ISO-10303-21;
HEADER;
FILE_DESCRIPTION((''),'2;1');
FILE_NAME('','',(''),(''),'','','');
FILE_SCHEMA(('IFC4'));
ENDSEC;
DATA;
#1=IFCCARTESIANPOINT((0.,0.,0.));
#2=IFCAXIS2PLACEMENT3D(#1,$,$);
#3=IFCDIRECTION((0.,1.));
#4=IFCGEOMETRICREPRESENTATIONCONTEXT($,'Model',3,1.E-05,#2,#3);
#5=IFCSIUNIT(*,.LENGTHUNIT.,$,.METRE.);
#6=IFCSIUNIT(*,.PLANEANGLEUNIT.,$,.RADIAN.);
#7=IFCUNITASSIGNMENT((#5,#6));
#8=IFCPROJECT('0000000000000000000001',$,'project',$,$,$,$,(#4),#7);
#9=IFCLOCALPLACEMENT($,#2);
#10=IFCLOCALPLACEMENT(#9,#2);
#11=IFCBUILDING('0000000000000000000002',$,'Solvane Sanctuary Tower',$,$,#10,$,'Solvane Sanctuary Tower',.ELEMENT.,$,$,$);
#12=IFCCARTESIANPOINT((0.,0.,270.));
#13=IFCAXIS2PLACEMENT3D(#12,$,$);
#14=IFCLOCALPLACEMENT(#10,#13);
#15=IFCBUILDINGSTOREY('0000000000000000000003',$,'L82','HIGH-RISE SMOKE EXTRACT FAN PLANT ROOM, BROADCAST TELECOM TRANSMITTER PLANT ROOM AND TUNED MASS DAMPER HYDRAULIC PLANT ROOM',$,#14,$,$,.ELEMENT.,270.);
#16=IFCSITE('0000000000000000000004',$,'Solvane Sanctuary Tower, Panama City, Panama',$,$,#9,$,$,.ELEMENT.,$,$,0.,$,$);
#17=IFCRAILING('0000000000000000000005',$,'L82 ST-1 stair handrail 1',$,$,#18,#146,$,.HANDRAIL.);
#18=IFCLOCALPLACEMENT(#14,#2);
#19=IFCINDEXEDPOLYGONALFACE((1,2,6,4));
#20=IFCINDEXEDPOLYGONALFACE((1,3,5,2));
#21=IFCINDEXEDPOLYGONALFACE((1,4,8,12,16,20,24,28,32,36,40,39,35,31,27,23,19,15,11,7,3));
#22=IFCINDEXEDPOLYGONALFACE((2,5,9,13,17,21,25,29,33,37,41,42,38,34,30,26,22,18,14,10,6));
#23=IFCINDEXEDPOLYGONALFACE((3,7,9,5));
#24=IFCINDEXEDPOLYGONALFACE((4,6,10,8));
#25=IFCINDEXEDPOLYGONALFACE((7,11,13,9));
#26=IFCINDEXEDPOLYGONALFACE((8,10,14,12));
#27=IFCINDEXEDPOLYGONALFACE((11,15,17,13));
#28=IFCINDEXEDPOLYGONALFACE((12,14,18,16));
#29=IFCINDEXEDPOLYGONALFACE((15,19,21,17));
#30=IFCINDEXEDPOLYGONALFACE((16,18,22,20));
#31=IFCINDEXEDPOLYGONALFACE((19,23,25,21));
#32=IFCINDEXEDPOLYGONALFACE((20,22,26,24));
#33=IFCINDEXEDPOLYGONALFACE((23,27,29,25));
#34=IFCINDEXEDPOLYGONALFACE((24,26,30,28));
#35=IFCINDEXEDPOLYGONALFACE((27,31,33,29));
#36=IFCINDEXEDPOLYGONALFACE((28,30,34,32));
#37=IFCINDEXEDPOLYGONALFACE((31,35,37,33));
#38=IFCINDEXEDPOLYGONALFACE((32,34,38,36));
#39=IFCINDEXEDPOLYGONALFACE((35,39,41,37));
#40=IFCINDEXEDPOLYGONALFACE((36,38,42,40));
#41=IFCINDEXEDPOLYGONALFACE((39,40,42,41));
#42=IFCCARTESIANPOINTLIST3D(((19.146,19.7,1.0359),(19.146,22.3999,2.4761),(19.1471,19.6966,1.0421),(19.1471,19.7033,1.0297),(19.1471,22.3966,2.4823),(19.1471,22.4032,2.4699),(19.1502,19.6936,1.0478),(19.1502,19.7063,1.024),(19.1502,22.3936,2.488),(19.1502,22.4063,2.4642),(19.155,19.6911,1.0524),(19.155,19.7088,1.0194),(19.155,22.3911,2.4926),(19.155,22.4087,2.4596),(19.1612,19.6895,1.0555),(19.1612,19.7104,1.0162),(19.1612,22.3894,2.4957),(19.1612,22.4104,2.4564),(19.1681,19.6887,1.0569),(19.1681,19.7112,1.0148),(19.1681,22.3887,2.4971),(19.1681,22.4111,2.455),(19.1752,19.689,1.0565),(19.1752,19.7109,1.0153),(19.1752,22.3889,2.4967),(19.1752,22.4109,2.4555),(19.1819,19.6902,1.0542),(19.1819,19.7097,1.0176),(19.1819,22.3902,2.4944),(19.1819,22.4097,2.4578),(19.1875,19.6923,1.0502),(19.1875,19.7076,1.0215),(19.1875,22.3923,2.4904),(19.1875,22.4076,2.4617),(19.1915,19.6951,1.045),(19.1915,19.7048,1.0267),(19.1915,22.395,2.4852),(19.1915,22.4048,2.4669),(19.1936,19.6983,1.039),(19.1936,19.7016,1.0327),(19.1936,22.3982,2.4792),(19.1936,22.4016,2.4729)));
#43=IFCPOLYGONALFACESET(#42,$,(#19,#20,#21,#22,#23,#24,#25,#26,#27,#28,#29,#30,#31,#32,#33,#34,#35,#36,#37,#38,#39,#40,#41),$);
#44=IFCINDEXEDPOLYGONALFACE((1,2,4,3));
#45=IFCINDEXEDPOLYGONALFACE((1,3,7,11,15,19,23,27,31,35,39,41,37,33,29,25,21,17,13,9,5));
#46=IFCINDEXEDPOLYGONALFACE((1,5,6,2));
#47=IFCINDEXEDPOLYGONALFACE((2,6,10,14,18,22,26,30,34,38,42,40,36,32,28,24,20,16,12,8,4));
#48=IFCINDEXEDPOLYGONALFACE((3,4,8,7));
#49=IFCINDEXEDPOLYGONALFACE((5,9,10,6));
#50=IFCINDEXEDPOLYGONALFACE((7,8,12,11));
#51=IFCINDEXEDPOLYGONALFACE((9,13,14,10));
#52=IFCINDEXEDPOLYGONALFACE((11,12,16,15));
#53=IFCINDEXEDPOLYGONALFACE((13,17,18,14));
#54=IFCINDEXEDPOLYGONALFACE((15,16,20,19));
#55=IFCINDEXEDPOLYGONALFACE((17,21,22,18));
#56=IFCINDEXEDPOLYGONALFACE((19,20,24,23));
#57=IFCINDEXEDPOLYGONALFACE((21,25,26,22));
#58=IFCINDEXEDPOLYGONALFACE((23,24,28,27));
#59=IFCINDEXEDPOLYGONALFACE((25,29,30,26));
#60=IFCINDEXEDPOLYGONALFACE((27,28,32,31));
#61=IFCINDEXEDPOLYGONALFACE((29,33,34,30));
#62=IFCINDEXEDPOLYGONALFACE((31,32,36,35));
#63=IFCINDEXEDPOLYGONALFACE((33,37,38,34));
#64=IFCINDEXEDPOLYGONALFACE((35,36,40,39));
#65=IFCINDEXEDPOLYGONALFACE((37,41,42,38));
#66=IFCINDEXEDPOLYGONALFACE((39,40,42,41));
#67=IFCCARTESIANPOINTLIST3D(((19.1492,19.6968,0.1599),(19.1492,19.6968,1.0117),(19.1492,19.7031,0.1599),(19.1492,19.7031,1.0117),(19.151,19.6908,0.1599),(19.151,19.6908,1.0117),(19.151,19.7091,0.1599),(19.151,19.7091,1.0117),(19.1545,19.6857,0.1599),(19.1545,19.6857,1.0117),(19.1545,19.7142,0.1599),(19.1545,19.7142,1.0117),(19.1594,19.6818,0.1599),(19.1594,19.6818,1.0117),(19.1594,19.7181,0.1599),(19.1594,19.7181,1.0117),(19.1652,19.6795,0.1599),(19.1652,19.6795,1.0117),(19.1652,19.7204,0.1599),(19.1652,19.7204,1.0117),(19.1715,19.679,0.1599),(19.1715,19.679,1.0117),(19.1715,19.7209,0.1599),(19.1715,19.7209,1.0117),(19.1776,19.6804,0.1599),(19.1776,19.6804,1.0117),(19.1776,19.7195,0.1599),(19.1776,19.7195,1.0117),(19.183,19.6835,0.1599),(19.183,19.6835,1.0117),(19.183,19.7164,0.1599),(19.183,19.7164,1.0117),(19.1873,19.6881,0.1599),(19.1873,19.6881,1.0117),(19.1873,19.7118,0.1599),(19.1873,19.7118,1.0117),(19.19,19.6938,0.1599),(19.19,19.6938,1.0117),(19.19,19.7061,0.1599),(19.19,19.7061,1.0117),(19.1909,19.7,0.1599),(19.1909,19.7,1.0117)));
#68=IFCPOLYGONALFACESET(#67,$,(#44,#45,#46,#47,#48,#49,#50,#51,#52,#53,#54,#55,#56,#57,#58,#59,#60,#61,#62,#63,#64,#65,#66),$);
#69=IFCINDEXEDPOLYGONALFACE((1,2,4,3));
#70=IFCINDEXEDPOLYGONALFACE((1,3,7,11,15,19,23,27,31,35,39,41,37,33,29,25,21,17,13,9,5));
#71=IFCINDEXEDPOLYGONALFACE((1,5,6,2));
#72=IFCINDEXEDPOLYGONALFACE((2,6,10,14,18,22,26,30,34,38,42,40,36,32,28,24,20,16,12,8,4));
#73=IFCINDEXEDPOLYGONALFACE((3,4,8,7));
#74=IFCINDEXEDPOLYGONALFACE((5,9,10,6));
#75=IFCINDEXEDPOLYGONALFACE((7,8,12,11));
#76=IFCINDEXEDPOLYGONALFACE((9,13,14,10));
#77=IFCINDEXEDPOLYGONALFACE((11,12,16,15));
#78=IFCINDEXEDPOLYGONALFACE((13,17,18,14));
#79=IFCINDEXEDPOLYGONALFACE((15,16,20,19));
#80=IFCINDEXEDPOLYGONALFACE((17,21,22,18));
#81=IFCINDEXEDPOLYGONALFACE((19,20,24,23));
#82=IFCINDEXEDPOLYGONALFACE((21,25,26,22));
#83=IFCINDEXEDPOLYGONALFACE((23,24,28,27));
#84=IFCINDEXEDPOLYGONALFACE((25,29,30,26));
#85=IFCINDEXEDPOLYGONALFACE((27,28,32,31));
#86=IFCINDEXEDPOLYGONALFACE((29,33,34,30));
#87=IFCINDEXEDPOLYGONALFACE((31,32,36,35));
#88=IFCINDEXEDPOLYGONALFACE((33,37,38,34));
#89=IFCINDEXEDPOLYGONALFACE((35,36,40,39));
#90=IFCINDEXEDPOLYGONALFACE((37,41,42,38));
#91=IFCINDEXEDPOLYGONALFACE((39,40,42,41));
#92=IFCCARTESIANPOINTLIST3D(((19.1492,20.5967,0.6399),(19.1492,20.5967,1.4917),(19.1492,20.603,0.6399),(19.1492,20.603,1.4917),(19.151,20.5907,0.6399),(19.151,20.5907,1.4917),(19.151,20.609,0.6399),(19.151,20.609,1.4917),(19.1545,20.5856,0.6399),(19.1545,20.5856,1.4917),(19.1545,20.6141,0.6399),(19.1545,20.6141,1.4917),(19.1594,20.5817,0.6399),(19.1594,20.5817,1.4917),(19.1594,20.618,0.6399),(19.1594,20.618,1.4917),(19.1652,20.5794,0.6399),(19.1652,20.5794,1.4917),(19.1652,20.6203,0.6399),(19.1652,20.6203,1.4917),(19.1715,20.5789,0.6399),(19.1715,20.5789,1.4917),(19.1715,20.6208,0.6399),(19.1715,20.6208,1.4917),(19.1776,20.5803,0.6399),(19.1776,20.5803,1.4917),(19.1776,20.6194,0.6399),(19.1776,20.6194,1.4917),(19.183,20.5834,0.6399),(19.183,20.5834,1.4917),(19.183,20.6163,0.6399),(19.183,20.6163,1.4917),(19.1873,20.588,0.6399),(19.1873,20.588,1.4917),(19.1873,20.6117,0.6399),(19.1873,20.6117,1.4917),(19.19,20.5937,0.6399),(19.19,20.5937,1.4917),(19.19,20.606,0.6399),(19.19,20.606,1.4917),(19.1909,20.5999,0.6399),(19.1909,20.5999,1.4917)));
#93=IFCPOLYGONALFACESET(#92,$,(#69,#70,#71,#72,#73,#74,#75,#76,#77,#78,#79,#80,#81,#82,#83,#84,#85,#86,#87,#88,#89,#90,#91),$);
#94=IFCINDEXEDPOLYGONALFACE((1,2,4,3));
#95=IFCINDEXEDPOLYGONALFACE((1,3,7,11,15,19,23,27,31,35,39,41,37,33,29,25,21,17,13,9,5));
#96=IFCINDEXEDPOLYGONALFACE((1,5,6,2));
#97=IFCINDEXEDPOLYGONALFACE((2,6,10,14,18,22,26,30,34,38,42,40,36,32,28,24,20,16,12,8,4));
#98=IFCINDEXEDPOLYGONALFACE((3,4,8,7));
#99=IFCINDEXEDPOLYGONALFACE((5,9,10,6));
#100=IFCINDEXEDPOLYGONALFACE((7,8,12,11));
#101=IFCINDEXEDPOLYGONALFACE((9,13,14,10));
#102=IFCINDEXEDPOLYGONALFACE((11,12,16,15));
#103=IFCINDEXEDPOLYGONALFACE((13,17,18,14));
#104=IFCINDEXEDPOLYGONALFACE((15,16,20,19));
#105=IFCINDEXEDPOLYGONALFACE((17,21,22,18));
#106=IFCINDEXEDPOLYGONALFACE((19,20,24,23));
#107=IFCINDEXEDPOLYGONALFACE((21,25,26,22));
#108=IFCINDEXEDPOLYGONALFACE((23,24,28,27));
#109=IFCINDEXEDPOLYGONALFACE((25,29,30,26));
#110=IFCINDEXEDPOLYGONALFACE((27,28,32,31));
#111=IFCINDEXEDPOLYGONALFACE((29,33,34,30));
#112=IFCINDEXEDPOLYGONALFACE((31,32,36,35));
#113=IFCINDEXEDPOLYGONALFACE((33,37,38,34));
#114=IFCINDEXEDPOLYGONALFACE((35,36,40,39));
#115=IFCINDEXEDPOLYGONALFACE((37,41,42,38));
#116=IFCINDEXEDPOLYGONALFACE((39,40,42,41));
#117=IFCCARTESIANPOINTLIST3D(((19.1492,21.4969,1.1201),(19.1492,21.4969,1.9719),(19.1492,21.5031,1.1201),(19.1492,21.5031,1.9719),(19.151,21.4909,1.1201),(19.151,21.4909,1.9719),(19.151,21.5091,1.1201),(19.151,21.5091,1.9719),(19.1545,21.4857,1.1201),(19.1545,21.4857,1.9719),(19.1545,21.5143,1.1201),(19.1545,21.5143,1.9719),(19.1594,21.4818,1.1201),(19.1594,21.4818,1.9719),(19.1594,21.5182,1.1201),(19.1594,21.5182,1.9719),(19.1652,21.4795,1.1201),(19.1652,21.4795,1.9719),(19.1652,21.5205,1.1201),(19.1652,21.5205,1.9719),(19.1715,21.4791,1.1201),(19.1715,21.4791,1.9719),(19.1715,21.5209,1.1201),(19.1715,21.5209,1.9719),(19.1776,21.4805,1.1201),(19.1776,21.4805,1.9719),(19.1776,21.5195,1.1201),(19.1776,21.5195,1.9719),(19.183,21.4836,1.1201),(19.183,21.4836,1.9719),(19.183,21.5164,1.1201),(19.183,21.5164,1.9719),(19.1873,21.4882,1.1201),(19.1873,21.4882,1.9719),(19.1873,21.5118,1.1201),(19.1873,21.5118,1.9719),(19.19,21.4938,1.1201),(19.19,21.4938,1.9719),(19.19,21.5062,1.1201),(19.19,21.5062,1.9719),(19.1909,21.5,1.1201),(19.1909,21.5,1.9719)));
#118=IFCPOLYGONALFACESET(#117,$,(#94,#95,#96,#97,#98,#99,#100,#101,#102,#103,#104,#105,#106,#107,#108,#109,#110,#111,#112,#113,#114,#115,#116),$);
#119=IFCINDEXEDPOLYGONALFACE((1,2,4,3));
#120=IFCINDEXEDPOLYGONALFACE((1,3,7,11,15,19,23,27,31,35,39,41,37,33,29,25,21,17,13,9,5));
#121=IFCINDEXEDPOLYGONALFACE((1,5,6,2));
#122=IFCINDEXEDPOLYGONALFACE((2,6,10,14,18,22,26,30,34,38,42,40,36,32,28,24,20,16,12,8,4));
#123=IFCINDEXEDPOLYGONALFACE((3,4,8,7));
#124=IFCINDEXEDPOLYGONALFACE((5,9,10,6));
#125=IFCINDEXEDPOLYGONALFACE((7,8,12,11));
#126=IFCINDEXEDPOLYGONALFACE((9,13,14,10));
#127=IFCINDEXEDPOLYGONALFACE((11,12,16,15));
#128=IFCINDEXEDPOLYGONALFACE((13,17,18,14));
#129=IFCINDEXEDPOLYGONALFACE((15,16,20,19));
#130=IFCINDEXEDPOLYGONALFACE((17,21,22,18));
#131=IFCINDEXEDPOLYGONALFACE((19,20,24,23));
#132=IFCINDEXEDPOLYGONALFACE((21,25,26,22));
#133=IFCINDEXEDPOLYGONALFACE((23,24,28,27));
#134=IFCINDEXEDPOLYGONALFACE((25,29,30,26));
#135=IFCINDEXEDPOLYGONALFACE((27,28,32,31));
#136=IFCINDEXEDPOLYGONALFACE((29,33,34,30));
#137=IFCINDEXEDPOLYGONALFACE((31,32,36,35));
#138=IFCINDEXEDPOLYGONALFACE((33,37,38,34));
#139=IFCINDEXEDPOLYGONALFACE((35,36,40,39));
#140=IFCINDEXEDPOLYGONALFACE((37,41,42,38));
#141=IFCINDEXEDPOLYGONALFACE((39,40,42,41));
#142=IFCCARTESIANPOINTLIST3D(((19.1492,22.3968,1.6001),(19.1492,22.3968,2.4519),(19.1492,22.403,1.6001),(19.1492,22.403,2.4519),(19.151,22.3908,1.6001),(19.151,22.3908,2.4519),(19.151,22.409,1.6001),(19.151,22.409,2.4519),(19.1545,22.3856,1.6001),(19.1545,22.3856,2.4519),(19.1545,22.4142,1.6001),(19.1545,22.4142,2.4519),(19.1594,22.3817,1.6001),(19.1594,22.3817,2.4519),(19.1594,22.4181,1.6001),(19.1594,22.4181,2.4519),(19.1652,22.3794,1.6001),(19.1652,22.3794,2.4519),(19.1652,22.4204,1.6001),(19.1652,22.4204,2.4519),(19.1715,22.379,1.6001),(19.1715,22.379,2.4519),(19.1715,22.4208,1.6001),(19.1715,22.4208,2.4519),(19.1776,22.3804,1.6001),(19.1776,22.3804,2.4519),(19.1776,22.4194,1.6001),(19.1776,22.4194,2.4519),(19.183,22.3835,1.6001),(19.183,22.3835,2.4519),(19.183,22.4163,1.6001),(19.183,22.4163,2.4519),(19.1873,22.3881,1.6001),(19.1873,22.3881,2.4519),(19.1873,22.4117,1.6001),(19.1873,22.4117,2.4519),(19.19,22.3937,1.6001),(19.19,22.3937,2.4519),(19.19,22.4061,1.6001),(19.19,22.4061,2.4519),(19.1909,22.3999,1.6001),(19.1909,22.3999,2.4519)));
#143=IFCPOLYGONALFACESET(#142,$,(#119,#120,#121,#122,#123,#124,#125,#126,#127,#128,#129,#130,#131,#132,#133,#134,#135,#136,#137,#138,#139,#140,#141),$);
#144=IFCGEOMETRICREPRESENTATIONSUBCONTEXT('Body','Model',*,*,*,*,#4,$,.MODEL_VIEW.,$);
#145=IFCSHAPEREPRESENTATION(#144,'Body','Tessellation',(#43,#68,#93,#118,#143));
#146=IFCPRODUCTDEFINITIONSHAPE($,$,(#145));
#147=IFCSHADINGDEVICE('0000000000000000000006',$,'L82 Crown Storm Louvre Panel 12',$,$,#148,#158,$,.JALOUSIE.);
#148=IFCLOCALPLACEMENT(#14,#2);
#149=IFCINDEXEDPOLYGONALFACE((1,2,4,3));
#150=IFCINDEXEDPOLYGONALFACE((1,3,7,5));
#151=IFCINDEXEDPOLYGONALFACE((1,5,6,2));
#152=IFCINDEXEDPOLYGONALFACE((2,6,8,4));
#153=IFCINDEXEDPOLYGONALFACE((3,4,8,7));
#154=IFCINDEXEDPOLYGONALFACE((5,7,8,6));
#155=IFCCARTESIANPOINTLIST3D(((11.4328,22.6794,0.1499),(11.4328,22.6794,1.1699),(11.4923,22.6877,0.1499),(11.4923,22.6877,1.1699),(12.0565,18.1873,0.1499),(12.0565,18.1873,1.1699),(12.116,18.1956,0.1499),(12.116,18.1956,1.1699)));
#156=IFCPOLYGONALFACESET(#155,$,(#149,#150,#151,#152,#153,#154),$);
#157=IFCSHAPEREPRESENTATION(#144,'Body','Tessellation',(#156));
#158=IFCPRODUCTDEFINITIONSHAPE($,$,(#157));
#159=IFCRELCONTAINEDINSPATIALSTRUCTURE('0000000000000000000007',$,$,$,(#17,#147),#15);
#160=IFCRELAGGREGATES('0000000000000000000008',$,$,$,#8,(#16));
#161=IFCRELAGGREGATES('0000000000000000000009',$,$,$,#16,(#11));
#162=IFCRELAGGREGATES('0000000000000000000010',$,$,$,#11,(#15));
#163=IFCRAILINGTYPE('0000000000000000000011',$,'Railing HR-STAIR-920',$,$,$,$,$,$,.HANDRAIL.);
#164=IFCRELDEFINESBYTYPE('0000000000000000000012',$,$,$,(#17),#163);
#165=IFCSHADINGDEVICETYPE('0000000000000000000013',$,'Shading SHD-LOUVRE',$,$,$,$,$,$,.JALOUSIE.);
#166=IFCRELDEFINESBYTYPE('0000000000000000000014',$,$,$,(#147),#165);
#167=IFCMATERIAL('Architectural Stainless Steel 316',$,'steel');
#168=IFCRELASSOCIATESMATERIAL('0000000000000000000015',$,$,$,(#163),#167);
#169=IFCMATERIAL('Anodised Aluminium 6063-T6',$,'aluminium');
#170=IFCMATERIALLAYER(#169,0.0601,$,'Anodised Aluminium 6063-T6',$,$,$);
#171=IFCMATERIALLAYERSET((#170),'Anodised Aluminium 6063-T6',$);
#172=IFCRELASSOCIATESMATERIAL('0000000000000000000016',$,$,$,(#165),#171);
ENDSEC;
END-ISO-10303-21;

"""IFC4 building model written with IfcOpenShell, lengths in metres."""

from ifc_helpers import new_model, si_unit, direction, frame, origin, origin_2d, place, context, subcontext, project, spatial, rectangle, circle, extrude, material, layer, layer_set, type_object, element, save


model = new_model("IFC4")

# Units and contexts
model_context = context("Model", 3, precision=1e-05, world=origin(), true_north=direction((0.0, 1.0)))
body_context = subcontext(model_context, "Body", "Model", "MODEL_VIEW")
ifc_project = project(units=[si_unit("LENGTHUNIT", "METRE"), si_unit("PLANEANGLEUNIT", "RADIAN")], contexts=[model_context])

# Site, building, storey
site_placement = place(None, origin())
site = spatial("IfcSite", under=ifc_project, at=site_placement, Name="Solvane Sanctuary Tower, Panama City, Panama", CompositionType="ELEMENT", RefElevation=0.0)
building_placement = place(site_placement, origin())
building = spatial("IfcBuilding", under=site, at=building_placement, Name="Solvane Sanctuary Tower", LongName="Solvane Sanctuary Tower", CompositionType="ELEMENT")
storey_placement = place(building_placement, frame((0.0, 0.0, 270.0)))
storey = spatial("IfcBuildingStorey", under=building, at=storey_placement, Name="L82", Description="HIGH-RISE SMOKE EXTRACT FAN PLANT ROOM, BROADCAST TELECOM TRANSMITTER PLANT ROOM AND TUNED MASS DAMPER HYDRAULIC PLANT ROOM", CompositionType="ELEMENT", Elevation=270.0)

# Shared definitions
ifc_material_1 = material(Name="Anodised Aluminium 6063-T6", Category="aluminium")

# Shared definitions
ifc_material_2 = material(Name="Architectural Stainless Steel 316", Category="steel")

# Railing
railing_type_1 = type_object("IfcRailingType", Name="Railing HR-STAIR-920", PredefinedType="HANDRAIL", material=ifc_material_2)
railing_1_placement = place(storey_placement, frame((19.1699, 19.7, 0.1599)))
element("IfcRailing", 1, at=railing_1_placement, inside=storey, type_object=railing_type_1, Name="L82 ST-1 stair handrail 1", PredefinedType="HANDRAIL", context=body_context, shape_type="SweptSolid", body=[
    extrude(circle(Radius=0.0239, at=origin_2d()), frame((0.0, 0.0, 0.876), z_axis=(0.0, 0.882324, 0.470642), x_axis=(-1.0, 0.0, 0.0)), (0.0, 0.0, 1.0), 3.0601),
    extrude(circle(Radius=0.021, at=origin_2d()), origin(), (0.0, 0.0, 1.0), 0.8518),
    extrude(circle(Radius=0.021, at=origin_2d()), frame((0.0, 0.8999, 0.48)), (0.0, 0.0, 1.0), 0.8518),
    extrude(circle(Radius=0.021, at=origin_2d()), frame((0.0, 1.8, 0.9602)), (0.0, 0.0, 1.0), 0.8518),
    extrude(circle(Radius=0.021, at=origin_2d()), frame((0.0, 2.7, 1.4402)), (0.0, 0.0, 1.0), 0.8518),
])

# Shading device
ifc_layer_1 = layer(ifc_material_1, 0.0601, Name="Anodised Aluminium 6063-T6")
ifc_layer_set_1 = layer_set([ifc_layer_1], Name="Anodised Aluminium 6063-T6")
shading_device_type = type_object("IfcShadingDeviceType", Name="Shading SHD-LOUVRE", PredefinedType="JALOUSIE", material=ifc_layer_set_1)
shading_device_placement = place(storey_placement, frame((11.7744, 20.4375, 0.1499), z_axis=(0.0, 0.0, 1.0), x_axis=(0.137522, -0.990499, 0.0)))
element("IfcShadingDevice", 2, at=shading_device_placement, inside=storey, type_object=shading_device_type, Name="L82 Crown Storm Louvre Panel 12", PredefinedType="JALOUSIE", context=body_context, shape_type="SweptSolid", body=[
    extrude(rectangle(XDim=4.5352, YDim=0.0601, at=origin_2d()), origin(), (0.0, 0.0, 1.0), 1.02),
])

save(model, "model.ifc")
